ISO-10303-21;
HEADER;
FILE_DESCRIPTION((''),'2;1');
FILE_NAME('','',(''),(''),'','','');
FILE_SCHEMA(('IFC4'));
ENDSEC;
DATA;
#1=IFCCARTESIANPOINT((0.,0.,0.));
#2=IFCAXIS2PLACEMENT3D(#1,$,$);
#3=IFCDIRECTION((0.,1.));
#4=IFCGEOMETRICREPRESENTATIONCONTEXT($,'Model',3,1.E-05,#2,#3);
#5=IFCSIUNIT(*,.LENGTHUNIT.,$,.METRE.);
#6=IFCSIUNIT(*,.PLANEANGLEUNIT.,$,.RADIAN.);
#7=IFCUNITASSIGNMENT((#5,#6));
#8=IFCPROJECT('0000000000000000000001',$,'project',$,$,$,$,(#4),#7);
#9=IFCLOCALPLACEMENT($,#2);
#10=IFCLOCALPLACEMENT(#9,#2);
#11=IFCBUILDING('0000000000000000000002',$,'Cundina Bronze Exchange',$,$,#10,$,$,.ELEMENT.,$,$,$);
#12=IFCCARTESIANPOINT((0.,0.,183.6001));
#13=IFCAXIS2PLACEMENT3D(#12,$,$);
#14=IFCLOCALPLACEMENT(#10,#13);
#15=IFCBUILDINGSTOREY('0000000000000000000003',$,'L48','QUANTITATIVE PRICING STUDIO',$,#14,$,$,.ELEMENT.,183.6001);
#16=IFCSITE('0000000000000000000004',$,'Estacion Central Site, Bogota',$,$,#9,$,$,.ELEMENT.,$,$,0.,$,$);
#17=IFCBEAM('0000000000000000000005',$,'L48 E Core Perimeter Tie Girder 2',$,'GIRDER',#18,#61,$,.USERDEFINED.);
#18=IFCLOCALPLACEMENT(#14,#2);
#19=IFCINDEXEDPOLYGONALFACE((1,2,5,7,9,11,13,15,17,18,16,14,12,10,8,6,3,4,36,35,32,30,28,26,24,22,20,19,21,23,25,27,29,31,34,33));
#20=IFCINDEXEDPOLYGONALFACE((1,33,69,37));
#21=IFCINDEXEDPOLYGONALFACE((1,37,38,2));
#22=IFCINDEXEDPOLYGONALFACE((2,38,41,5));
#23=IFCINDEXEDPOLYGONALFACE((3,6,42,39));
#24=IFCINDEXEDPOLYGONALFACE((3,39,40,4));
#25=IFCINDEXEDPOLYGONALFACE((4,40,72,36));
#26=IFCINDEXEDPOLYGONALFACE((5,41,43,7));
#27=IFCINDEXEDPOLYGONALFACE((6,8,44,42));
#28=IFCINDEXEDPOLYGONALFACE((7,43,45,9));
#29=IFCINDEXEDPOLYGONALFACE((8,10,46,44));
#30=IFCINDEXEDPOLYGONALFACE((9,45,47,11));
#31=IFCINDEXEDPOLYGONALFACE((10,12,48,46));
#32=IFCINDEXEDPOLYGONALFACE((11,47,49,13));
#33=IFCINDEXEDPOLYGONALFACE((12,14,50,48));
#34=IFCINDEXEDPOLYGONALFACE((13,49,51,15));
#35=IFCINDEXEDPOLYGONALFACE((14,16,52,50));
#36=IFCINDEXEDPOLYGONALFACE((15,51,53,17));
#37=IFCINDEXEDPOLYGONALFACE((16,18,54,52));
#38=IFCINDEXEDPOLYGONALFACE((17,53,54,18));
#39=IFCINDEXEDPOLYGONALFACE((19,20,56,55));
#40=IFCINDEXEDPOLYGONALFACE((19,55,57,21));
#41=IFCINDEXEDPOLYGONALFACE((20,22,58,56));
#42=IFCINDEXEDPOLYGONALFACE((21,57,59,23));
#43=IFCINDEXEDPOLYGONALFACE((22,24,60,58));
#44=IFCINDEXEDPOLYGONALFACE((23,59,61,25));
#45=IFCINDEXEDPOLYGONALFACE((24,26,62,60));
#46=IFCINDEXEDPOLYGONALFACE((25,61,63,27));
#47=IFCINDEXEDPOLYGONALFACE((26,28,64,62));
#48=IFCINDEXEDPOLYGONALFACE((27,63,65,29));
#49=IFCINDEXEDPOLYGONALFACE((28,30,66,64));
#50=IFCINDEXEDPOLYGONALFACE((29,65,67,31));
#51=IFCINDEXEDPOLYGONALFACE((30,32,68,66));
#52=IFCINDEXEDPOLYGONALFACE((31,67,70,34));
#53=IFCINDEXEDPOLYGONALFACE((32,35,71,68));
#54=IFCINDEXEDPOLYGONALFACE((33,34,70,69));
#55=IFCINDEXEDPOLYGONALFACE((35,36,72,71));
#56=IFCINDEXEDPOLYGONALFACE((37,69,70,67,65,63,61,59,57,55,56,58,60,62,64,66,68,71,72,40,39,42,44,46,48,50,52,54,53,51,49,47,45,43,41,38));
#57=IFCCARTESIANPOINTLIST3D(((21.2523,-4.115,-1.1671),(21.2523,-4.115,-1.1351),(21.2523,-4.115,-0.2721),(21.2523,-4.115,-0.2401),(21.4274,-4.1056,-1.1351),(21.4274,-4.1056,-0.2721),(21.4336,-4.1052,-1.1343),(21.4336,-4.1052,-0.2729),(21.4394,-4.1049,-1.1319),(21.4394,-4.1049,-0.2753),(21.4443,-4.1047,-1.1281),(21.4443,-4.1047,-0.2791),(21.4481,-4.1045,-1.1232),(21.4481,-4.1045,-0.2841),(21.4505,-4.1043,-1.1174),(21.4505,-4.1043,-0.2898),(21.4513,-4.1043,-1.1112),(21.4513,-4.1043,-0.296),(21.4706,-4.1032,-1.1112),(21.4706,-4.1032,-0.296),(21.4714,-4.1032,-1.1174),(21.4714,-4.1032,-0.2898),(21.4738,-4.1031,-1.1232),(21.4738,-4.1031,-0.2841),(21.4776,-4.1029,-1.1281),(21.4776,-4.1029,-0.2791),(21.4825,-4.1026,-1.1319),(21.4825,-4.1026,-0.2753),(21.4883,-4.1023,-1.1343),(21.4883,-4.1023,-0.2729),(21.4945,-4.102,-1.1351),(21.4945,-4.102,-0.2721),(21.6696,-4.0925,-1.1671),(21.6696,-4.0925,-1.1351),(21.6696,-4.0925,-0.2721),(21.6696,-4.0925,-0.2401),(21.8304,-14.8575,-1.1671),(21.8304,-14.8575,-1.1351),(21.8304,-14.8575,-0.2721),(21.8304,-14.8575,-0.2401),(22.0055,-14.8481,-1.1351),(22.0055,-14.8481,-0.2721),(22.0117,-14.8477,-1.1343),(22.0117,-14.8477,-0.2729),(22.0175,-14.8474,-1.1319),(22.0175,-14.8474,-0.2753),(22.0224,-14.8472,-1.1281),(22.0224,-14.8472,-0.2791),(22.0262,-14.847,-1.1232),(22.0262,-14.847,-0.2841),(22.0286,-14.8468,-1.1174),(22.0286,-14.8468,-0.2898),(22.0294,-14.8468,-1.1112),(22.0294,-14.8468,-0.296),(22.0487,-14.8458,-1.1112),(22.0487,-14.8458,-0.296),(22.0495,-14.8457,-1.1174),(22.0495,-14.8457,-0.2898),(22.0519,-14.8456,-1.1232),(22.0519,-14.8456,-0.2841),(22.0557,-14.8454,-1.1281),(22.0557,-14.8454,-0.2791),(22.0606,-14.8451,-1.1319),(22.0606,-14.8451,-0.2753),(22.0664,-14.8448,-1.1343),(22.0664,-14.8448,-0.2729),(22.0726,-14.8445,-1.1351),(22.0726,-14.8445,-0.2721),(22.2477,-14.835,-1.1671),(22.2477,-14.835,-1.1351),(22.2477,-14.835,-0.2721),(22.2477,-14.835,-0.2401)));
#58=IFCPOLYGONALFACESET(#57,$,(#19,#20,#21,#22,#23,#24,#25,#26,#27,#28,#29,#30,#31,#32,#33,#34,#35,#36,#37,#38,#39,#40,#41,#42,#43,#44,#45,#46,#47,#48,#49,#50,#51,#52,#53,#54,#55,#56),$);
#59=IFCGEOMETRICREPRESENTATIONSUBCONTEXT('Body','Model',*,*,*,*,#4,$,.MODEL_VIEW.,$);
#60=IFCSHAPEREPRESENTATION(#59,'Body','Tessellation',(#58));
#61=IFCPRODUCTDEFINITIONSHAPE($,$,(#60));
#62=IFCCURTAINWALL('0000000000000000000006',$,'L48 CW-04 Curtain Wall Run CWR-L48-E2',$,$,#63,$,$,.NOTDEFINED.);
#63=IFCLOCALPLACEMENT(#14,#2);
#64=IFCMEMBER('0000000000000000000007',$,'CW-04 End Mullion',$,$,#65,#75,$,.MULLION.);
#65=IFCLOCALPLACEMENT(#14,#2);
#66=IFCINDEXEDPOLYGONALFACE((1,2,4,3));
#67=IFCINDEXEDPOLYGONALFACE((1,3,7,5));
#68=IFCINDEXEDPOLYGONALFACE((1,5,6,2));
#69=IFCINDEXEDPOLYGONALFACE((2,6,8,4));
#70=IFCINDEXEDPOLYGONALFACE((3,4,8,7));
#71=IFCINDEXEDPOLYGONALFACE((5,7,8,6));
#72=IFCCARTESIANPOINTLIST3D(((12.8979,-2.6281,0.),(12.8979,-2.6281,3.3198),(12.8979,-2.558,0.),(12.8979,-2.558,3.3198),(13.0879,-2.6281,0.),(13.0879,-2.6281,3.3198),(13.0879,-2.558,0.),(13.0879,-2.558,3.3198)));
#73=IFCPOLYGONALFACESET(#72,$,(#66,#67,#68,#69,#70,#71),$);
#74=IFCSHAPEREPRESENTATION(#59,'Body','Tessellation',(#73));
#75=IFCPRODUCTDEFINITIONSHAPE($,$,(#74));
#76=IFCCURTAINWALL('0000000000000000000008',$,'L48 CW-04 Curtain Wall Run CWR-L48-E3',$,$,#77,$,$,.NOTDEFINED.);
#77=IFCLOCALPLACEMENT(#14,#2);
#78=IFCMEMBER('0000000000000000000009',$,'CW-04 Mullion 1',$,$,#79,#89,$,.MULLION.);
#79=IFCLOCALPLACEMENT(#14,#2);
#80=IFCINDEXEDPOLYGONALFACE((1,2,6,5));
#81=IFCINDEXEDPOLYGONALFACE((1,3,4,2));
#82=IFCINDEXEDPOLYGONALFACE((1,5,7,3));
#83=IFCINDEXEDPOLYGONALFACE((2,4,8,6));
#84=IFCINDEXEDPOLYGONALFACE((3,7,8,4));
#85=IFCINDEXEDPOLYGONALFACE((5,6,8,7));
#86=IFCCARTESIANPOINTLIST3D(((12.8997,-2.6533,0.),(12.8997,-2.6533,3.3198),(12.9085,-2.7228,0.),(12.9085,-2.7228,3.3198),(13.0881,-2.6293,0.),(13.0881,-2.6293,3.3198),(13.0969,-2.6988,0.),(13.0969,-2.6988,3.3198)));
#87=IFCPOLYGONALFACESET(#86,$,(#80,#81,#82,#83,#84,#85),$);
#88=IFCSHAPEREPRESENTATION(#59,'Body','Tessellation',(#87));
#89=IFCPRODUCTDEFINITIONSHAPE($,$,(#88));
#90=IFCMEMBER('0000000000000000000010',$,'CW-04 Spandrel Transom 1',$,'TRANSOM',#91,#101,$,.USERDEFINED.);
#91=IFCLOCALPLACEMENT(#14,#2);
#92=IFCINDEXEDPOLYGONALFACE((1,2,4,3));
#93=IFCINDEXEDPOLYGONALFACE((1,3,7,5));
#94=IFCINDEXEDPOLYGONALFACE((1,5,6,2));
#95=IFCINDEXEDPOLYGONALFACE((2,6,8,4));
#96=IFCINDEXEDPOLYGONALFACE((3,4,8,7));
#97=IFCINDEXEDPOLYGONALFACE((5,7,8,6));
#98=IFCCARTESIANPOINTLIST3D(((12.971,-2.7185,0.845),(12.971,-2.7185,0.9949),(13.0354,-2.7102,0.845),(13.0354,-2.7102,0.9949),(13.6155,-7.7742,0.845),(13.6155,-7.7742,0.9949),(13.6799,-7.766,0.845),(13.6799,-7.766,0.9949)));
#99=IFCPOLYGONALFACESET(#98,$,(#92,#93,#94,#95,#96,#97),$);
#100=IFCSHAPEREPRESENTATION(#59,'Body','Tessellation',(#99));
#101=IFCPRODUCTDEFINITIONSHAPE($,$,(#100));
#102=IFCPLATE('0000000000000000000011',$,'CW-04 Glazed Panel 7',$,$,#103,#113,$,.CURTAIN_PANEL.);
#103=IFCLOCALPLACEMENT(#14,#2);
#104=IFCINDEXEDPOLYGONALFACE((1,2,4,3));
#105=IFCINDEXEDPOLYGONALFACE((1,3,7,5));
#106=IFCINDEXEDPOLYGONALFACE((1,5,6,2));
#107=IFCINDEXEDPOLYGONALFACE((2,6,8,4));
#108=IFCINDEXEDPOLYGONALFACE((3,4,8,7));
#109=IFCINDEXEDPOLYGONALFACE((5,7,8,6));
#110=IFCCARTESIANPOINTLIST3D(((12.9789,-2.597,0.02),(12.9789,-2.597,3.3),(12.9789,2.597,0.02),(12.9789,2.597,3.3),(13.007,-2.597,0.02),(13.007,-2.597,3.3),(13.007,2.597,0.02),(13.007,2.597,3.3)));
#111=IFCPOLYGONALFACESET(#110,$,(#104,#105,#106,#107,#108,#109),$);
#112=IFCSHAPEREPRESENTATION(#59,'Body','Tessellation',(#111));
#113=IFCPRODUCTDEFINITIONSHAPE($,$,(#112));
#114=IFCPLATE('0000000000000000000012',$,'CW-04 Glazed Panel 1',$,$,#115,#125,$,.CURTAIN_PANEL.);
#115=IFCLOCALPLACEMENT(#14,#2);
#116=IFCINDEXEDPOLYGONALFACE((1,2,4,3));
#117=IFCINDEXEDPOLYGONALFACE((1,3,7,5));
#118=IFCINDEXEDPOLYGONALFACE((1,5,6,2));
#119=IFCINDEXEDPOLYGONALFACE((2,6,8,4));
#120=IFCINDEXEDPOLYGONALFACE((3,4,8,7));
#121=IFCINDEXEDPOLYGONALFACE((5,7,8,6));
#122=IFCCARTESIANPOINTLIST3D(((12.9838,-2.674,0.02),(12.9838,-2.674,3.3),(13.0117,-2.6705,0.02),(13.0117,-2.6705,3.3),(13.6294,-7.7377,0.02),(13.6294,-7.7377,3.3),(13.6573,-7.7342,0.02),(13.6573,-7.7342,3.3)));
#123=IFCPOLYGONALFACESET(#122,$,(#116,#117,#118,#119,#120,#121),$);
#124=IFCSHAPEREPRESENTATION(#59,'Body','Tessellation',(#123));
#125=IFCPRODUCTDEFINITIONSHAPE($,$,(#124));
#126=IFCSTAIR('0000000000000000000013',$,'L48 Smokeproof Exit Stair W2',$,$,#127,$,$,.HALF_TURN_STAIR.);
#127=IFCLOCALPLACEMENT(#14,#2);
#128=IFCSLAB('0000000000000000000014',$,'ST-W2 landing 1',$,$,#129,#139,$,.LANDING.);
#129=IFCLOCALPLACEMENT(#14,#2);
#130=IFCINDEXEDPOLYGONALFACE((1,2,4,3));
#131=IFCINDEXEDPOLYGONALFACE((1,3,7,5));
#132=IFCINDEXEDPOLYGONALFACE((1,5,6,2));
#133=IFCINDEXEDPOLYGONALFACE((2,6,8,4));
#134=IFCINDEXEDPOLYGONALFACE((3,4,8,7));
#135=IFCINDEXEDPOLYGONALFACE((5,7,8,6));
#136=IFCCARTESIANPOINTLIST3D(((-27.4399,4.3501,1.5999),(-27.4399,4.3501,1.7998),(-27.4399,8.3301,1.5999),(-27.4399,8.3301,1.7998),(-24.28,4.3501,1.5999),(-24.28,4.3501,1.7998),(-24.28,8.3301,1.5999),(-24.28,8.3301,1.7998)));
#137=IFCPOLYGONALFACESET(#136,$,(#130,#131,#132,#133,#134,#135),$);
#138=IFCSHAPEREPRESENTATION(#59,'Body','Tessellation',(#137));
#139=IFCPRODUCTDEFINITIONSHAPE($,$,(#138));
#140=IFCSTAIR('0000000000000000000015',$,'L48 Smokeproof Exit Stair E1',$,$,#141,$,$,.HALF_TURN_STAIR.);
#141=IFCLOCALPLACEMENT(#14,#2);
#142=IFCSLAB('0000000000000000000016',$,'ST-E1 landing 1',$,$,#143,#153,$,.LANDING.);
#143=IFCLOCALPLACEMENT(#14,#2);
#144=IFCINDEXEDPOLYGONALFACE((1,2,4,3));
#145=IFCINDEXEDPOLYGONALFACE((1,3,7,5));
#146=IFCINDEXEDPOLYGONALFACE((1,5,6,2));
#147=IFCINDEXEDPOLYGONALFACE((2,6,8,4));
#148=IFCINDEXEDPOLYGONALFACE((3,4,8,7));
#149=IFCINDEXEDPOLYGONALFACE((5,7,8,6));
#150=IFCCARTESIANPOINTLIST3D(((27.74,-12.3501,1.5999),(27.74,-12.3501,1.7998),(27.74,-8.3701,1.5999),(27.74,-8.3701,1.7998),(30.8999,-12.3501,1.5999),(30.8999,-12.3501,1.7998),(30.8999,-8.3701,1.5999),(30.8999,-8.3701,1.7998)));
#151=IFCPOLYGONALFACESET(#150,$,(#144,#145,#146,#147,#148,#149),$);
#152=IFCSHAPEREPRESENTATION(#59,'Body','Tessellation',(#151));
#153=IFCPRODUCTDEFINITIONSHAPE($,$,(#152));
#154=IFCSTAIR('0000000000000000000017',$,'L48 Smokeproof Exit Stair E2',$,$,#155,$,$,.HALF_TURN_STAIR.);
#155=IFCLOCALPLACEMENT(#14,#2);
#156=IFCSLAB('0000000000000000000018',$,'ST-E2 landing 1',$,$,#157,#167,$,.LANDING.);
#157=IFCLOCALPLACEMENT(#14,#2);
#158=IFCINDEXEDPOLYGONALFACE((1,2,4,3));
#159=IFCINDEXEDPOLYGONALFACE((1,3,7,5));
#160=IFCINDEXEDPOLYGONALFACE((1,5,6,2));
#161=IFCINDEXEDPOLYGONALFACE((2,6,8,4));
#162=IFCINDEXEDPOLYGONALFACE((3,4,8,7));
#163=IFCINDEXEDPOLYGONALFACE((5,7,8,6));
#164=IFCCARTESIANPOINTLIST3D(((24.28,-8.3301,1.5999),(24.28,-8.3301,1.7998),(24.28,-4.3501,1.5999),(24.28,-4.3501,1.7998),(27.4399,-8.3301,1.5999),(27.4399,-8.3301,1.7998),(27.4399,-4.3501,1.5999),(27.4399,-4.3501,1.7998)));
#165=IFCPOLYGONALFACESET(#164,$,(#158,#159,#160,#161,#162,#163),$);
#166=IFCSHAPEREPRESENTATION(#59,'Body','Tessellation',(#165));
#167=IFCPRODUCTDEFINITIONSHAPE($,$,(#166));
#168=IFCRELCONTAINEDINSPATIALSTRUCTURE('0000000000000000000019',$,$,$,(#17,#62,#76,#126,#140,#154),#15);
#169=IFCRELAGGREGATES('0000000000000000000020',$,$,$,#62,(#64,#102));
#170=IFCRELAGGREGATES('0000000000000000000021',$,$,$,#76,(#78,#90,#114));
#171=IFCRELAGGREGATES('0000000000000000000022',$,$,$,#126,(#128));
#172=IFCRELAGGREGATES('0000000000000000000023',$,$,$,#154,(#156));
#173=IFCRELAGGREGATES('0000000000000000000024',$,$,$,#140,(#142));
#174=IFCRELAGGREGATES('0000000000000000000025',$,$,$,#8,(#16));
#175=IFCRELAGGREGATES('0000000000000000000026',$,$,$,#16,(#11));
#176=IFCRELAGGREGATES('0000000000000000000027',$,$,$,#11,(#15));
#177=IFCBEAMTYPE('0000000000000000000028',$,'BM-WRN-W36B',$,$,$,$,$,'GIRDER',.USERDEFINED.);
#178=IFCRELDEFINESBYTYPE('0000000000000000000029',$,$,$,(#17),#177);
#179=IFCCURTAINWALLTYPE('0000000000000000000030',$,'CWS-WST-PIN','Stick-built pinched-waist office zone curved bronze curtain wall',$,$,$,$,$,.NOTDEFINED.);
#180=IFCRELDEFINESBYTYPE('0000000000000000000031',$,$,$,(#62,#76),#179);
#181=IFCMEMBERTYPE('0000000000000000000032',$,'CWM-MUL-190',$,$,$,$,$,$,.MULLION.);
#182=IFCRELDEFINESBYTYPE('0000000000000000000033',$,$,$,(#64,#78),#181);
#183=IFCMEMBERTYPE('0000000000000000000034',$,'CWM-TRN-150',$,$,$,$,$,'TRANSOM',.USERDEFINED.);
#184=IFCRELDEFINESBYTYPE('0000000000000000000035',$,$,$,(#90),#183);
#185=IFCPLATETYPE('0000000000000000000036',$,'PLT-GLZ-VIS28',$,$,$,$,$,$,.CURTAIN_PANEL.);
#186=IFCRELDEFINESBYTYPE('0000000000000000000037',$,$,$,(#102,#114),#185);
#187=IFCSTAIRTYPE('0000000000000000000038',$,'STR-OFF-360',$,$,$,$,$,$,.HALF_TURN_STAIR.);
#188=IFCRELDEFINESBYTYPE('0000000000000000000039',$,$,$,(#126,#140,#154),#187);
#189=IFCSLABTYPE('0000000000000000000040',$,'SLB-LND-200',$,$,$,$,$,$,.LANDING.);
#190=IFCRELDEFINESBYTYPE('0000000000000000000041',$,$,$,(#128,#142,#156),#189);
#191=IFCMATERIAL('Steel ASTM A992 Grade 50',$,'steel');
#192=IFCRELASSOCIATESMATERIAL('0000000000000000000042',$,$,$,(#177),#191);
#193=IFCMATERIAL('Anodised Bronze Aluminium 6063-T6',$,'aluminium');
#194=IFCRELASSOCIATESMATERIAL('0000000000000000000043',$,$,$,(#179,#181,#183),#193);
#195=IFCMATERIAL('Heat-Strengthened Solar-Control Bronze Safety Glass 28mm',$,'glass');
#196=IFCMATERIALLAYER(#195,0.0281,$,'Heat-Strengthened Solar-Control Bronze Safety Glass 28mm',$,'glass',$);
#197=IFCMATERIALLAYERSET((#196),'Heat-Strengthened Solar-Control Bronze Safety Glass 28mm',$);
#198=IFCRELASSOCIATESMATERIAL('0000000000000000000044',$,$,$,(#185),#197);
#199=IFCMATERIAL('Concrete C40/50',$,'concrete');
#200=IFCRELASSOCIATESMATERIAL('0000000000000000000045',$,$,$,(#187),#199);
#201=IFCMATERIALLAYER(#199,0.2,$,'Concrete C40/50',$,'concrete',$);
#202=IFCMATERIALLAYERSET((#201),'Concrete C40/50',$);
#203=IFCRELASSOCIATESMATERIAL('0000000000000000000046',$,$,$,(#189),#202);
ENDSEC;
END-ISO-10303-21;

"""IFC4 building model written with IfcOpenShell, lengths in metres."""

from ifc_helpers import new_model, si_unit, direction, frame, origin, origin_2d, place, context, subcontext, project, spatial, polyline, rectangle, i_section, outline, extrude, material, layer, layer_set, material_profile, profile_set, type_object, element, aggregate, save


model = new_model("IFC4")

# Units and contexts
model_context = context("Model", 3, precision=1e-05, world=origin(), true_north=direction((0.0, 1.0)))
body_context = subcontext(model_context, "Body", "Model", "MODEL_VIEW")
ifc_project = project(units=[si_unit("LENGTHUNIT", "METRE"), si_unit("PLANEANGLEUNIT", "RADIAN")], contexts=[model_context])

# Site, building, storey
site_placement = place(None, origin())
site = spatial("IfcSite", under=ifc_project, at=site_placement, Name="Estacion Central Site, Bogota", CompositionType="ELEMENT", RefElevation=0.0)
building_placement = place(site_placement, origin())
building = spatial("IfcBuilding", under=site, at=building_placement, Name="Cundina Bronze Exchange", CompositionType="ELEMENT")
storey_placement = place(building_placement, frame((0.0, 0.0, 183.6001)))
storey = spatial("IfcBuildingStorey", under=building, at=storey_placement, Name="L48", Description="QUANTITATIVE PRICING STUDIO", CompositionType="ELEMENT", Elevation=183.6001)

# Shared definitions
ifc_material_1 = material(Name="Steel ASTM A992 Grade 50", Category="steel")

# Beam
ifc_material_profile_1 = material_profile(ifc_material_1, i_section(OverallWidth=0.418, OverallDepth=0.927, WebThickness=0.0193, FlangeThickness=0.032, FilletRadius=0.0239, at=origin_2d()), Name="W36X231", Category="steel")
ifc_profile_set_1 = profile_set([ifc_material_profile_1], Name="Steel ASTM A992 Grade 50")
beam_type_1 = type_object("IfcBeamType", Name="BM-WRN-W36B", ElementType="GIRDER", PredefinedType="USERDEFINED", material=ifc_profile_set_1)
beam_1_placement = place(storey_placement, frame((21.4609, -4.1038, -0.7036), z_axis=(0.053739, -0.998555, 0.0), x_axis=(0.998555, 0.053739, 0.0)))
element("IfcBeam", 1, at=beam_1_placement, inside=storey, type_object=beam_type_1, Name="L48 E Core Perimeter Tie Girder 2", ObjectType="GIRDER", PredefinedType="USERDEFINED", context=body_context, shape_type="SweptSolid", body=[
    extrude(i_section(OverallWidth=0.418, OverallDepth=0.927, WebThickness=0.0193, FlangeThickness=0.032, FilletRadius=0.0239, at=origin_2d()), origin(), (0.0, 0.0, 1.0), 10.7581),
])

# Curtain wall, member
ifc_material_2 = material(Name="Anodised Bronze Aluminium 6063-T6", Category="aluminium")
curtain_wall_type = type_object("IfcCurtainWallType", Name="CWS-WST-PIN", Description="Stick-built pinched-waist office zone curved bronze curtain wall", PredefinedType="NOTDEFINED", material=ifc_material_2)
curtain_wall_1_placement = place(storey_placement, origin())
curtain_wall_1 = element("IfcCurtainWall", 2, at=curtain_wall_1_placement, inside=storey, type_object=curtain_wall_type, Name="L48 CW-04 Curtain Wall Run CWR-L48-E2", PredefinedType="NOTDEFINED")
ifc_material_profile_2 = material_profile(ifc_material_2, rectangle(XDim=0.0701, YDim=0.1899, at=origin_2d()), Name="AL70X190", Category="aluminium")
ifc_profile_set_2 = profile_set([ifc_material_profile_2], Name="Anodised Bronze Aluminium 6063-T6")
member_type_1 = type_object("IfcMemberType", Name="CWM-MUL-190", PredefinedType="MULLION", material=ifc_profile_set_2)
member_1_placement = place(storey_placement, frame((12.9929, -2.593, 0.0), z_axis=(0.0, 0.0, 1.0), x_axis=(0.0, -1.0, 0.0)))
member_1 = element("IfcMember", 3, at=member_1_placement, type_object=member_type_1, Name="CW-04 End Mullion", PredefinedType="MULLION", context=body_context, shape_type="SweptSolid", body=[
    extrude(rectangle(XDim=0.0701, YDim=0.1899, at=origin_2d()), origin(), (0.0, 0.0, 1.0), 3.3198),
])

# Curtain wall, members
curtain_wall_2_placement = place(storey_placement, origin())
curtain_wall_2 = element("IfcCurtainWall", 4, at=curtain_wall_2_placement, inside=storey, type_object=curtain_wall_type, Name="L48 CW-04 Curtain Wall Run CWR-L48-E3", PredefinedType="NOTDEFINED")
member_2_placement = place(storey_placement, frame((12.9983, -2.676, 0.0), z_axis=(0.0, 0.0, 1.0), x_axis=(0.126545, -0.991961, 0.0)))
member_2 = element("IfcMember", 5, at=member_2_placement, type_object=member_type_1, Name="CW-04 Mullion 1", PredefinedType="MULLION", context=body_context, shape_type="SweptSolid", body=[
    extrude(rectangle(XDim=0.0701, YDim=0.1899, at=origin_2d()), origin(), (0.0, 0.0, 1.0), 3.3198),
])
ifc_material_profile_3 = material_profile(ifc_material_2, rectangle(XDim=0.0649, YDim=0.1499, at=origin_2d()), Name="AL65X150", Category="aluminium")
ifc_profile_set_3 = profile_set([ifc_material_profile_3], Name="Anodised Bronze Aluminium 6063-T6")
member_type_2 = type_object("IfcMemberType", Name="CWM-TRN-150", ElementType="TRANSOM", PredefinedType="USERDEFINED", material=ifc_profile_set_3)
member_3_placement = place(storey_placement, frame((13.0032, -2.7144, 0.9199), z_axis=(0.126463, -0.991971, 0.0), x_axis=(0.991971, 0.126463, 0.0)))
member_3 = element("IfcMember", 6, at=member_3_placement, type_object=member_type_2, Name="CW-04 Spandrel Transom 1", ObjectType="TRANSOM", PredefinedType="USERDEFINED", context=body_context, shape_type="SweptSolid", body=[
    extrude(rectangle(XDim=0.0649, YDim=0.1499, at=origin_2d()), origin(), (0.0, 0.0, 1.0), 5.0967),
])

# Plates
ifc_material_3 = material(Name="Heat-Strengthened Solar-Control Bronze Safety Glass 28mm", Category="glass")
ifc_layer_1 = layer(ifc_material_3, 0.0281, Name="Heat-Strengthened Solar-Control Bronze Safety Glass 28mm", Category="glass")
ifc_layer_set_1 = layer_set([ifc_layer_1], Name="Heat-Strengthened Solar-Control Bronze Safety Glass 28mm")
plate_type = type_object("IfcPlateType", Name="PLT-GLZ-VIS28", PredefinedType="CURTAIN_PANEL", material=ifc_layer_set_1)
plate_1_placement = place(storey_placement, frame((12.9929, 0.0, 0.02), z_axis=(0.0, 0.0, 1.0), x_axis=(0.0, -1.0, 0.0)))
plate_1 = element("IfcPlate", 7, at=plate_1_placement, type_object=plate_type, Name="CW-04 Glazed Panel 7", PredefinedType="CURTAIN_PANEL", context=body_context, shape_type="SweptSolid", body=[
    extrude(rectangle(XDim=5.1941, YDim=0.0281, at=origin_2d()), origin(), (0.0, 0.0, 1.0), 3.28),
])
aggregate(curtain_wall_1, [member_1, plate_1])
plate_2_placement = place(storey_placement, frame((13.3206, -5.2041, 0.02), z_axis=(0.0, 0.0, 1.0), x_axis=(0.126476, -0.99197, 0.0)))
plate_2 = element("IfcPlate", 8, at=plate_2_placement, type_object=plate_type, Name="CW-04 Glazed Panel 1", PredefinedType="CURTAIN_PANEL", context=body_context, shape_type="SweptSolid", body=[
    extrude(rectangle(XDim=5.1047, YDim=0.0281, at=origin_2d()), origin(), (0.0, 0.0, 1.0), 3.28),
])
aggregate(curtain_wall_2, [member_2, member_3, plate_2])

# Stairs, slabs
ifc_material_4 = material(Name="Concrete C40/50", Category="concrete")
stair_type = type_object("IfcStairType", Name="STR-OFF-360", PredefinedType="HALF_TURN_STAIR", material=ifc_material_4)
stair_1_placement = place(storey_placement, origin())
stair_1 = element("IfcStair", 9, at=stair_1_placement, inside=storey, type_object=stair_type, Name="L48 Smokeproof Exit Stair W2", PredefinedType="HALF_TURN_STAIR")
ifc_layer_2 = layer(ifc_material_4, 0.2, Name="Concrete C40/50", Category="concrete")
ifc_layer_set_2 = layer_set([ifc_layer_2], Name="Concrete C40/50")
slab_type = type_object("IfcSlabType", Name="SLB-LND-200", PredefinedType="LANDING", material=ifc_layer_set_2)
slab_1_placement = place(storey_placement, frame((0.0, 0.0, 1.5999)))
slab_1 = element("IfcSlab", 10, at=slab_1_placement, type_object=slab_type, Name="ST-W2 landing 1", PredefinedType="LANDING", context=body_context, shape_type="SweptSolid", body=[
    extrude(outline(polyline([(-27.4399, 8.3301), (-27.4399, 4.3501), (-24.28, 4.3501), (-24.28, 8.3301), (-27.4399, 8.3301)])), origin(), (0.0, 0.0, 1.0), 0.2),
])
aggregate(stair_1, [slab_1])
stair_2_placement = place(storey_placement, origin())
stair_2 = element("IfcStair", 11, at=stair_2_placement, inside=storey, type_object=stair_type, Name="L48 Smokeproof Exit Stair E1", PredefinedType="HALF_TURN_STAIR")
slab_2_placement = place(storey_placement, frame((0.0, 0.0, 1.5999)))
slab_2 = element("IfcSlab", 12, at=slab_2_placement, type_object=slab_type, Name="ST-E1 landing 1", PredefinedType="LANDING", context=body_context, shape_type="SweptSolid", body=[
    extrude(outline(polyline([(27.74, -8.3701), (27.74, -12.3501), (30.8999, -12.3501), (30.8999, -8.3701), (27.74, -8.3701)])), origin(), (0.0, 0.0, 1.0), 0.2),
])
stair_3_placement = place(storey_placement, origin())
stair_3 = element("IfcStair", 13, at=stair_3_placement, inside=storey, type_object=stair_type, Name="L48 Smokeproof Exit Stair E2", PredefinedType="HALF_TURN_STAIR")
slab_3_placement = place(storey_placement, frame((0.0, 0.0, 1.5999)))
slab_3 = element("IfcSlab", 14, at=slab_3_placement, type_object=slab_type, Name="ST-E2 landing 1", PredefinedType="LANDING", context=body_context, shape_type="SweptSolid", body=[
    extrude(outline(polyline([(27.4399, -8.3301), (27.4399, -4.3501), (24.28, -4.3501), (24.28, -8.3301), (27.4399, -8.3301)])), origin(), (0.0, 0.0, 1.0), 0.2),
])
aggregate(stair_3, [slab_3])

aggregate(stair_2, [slab_2])

save(model, "model.ifc")
